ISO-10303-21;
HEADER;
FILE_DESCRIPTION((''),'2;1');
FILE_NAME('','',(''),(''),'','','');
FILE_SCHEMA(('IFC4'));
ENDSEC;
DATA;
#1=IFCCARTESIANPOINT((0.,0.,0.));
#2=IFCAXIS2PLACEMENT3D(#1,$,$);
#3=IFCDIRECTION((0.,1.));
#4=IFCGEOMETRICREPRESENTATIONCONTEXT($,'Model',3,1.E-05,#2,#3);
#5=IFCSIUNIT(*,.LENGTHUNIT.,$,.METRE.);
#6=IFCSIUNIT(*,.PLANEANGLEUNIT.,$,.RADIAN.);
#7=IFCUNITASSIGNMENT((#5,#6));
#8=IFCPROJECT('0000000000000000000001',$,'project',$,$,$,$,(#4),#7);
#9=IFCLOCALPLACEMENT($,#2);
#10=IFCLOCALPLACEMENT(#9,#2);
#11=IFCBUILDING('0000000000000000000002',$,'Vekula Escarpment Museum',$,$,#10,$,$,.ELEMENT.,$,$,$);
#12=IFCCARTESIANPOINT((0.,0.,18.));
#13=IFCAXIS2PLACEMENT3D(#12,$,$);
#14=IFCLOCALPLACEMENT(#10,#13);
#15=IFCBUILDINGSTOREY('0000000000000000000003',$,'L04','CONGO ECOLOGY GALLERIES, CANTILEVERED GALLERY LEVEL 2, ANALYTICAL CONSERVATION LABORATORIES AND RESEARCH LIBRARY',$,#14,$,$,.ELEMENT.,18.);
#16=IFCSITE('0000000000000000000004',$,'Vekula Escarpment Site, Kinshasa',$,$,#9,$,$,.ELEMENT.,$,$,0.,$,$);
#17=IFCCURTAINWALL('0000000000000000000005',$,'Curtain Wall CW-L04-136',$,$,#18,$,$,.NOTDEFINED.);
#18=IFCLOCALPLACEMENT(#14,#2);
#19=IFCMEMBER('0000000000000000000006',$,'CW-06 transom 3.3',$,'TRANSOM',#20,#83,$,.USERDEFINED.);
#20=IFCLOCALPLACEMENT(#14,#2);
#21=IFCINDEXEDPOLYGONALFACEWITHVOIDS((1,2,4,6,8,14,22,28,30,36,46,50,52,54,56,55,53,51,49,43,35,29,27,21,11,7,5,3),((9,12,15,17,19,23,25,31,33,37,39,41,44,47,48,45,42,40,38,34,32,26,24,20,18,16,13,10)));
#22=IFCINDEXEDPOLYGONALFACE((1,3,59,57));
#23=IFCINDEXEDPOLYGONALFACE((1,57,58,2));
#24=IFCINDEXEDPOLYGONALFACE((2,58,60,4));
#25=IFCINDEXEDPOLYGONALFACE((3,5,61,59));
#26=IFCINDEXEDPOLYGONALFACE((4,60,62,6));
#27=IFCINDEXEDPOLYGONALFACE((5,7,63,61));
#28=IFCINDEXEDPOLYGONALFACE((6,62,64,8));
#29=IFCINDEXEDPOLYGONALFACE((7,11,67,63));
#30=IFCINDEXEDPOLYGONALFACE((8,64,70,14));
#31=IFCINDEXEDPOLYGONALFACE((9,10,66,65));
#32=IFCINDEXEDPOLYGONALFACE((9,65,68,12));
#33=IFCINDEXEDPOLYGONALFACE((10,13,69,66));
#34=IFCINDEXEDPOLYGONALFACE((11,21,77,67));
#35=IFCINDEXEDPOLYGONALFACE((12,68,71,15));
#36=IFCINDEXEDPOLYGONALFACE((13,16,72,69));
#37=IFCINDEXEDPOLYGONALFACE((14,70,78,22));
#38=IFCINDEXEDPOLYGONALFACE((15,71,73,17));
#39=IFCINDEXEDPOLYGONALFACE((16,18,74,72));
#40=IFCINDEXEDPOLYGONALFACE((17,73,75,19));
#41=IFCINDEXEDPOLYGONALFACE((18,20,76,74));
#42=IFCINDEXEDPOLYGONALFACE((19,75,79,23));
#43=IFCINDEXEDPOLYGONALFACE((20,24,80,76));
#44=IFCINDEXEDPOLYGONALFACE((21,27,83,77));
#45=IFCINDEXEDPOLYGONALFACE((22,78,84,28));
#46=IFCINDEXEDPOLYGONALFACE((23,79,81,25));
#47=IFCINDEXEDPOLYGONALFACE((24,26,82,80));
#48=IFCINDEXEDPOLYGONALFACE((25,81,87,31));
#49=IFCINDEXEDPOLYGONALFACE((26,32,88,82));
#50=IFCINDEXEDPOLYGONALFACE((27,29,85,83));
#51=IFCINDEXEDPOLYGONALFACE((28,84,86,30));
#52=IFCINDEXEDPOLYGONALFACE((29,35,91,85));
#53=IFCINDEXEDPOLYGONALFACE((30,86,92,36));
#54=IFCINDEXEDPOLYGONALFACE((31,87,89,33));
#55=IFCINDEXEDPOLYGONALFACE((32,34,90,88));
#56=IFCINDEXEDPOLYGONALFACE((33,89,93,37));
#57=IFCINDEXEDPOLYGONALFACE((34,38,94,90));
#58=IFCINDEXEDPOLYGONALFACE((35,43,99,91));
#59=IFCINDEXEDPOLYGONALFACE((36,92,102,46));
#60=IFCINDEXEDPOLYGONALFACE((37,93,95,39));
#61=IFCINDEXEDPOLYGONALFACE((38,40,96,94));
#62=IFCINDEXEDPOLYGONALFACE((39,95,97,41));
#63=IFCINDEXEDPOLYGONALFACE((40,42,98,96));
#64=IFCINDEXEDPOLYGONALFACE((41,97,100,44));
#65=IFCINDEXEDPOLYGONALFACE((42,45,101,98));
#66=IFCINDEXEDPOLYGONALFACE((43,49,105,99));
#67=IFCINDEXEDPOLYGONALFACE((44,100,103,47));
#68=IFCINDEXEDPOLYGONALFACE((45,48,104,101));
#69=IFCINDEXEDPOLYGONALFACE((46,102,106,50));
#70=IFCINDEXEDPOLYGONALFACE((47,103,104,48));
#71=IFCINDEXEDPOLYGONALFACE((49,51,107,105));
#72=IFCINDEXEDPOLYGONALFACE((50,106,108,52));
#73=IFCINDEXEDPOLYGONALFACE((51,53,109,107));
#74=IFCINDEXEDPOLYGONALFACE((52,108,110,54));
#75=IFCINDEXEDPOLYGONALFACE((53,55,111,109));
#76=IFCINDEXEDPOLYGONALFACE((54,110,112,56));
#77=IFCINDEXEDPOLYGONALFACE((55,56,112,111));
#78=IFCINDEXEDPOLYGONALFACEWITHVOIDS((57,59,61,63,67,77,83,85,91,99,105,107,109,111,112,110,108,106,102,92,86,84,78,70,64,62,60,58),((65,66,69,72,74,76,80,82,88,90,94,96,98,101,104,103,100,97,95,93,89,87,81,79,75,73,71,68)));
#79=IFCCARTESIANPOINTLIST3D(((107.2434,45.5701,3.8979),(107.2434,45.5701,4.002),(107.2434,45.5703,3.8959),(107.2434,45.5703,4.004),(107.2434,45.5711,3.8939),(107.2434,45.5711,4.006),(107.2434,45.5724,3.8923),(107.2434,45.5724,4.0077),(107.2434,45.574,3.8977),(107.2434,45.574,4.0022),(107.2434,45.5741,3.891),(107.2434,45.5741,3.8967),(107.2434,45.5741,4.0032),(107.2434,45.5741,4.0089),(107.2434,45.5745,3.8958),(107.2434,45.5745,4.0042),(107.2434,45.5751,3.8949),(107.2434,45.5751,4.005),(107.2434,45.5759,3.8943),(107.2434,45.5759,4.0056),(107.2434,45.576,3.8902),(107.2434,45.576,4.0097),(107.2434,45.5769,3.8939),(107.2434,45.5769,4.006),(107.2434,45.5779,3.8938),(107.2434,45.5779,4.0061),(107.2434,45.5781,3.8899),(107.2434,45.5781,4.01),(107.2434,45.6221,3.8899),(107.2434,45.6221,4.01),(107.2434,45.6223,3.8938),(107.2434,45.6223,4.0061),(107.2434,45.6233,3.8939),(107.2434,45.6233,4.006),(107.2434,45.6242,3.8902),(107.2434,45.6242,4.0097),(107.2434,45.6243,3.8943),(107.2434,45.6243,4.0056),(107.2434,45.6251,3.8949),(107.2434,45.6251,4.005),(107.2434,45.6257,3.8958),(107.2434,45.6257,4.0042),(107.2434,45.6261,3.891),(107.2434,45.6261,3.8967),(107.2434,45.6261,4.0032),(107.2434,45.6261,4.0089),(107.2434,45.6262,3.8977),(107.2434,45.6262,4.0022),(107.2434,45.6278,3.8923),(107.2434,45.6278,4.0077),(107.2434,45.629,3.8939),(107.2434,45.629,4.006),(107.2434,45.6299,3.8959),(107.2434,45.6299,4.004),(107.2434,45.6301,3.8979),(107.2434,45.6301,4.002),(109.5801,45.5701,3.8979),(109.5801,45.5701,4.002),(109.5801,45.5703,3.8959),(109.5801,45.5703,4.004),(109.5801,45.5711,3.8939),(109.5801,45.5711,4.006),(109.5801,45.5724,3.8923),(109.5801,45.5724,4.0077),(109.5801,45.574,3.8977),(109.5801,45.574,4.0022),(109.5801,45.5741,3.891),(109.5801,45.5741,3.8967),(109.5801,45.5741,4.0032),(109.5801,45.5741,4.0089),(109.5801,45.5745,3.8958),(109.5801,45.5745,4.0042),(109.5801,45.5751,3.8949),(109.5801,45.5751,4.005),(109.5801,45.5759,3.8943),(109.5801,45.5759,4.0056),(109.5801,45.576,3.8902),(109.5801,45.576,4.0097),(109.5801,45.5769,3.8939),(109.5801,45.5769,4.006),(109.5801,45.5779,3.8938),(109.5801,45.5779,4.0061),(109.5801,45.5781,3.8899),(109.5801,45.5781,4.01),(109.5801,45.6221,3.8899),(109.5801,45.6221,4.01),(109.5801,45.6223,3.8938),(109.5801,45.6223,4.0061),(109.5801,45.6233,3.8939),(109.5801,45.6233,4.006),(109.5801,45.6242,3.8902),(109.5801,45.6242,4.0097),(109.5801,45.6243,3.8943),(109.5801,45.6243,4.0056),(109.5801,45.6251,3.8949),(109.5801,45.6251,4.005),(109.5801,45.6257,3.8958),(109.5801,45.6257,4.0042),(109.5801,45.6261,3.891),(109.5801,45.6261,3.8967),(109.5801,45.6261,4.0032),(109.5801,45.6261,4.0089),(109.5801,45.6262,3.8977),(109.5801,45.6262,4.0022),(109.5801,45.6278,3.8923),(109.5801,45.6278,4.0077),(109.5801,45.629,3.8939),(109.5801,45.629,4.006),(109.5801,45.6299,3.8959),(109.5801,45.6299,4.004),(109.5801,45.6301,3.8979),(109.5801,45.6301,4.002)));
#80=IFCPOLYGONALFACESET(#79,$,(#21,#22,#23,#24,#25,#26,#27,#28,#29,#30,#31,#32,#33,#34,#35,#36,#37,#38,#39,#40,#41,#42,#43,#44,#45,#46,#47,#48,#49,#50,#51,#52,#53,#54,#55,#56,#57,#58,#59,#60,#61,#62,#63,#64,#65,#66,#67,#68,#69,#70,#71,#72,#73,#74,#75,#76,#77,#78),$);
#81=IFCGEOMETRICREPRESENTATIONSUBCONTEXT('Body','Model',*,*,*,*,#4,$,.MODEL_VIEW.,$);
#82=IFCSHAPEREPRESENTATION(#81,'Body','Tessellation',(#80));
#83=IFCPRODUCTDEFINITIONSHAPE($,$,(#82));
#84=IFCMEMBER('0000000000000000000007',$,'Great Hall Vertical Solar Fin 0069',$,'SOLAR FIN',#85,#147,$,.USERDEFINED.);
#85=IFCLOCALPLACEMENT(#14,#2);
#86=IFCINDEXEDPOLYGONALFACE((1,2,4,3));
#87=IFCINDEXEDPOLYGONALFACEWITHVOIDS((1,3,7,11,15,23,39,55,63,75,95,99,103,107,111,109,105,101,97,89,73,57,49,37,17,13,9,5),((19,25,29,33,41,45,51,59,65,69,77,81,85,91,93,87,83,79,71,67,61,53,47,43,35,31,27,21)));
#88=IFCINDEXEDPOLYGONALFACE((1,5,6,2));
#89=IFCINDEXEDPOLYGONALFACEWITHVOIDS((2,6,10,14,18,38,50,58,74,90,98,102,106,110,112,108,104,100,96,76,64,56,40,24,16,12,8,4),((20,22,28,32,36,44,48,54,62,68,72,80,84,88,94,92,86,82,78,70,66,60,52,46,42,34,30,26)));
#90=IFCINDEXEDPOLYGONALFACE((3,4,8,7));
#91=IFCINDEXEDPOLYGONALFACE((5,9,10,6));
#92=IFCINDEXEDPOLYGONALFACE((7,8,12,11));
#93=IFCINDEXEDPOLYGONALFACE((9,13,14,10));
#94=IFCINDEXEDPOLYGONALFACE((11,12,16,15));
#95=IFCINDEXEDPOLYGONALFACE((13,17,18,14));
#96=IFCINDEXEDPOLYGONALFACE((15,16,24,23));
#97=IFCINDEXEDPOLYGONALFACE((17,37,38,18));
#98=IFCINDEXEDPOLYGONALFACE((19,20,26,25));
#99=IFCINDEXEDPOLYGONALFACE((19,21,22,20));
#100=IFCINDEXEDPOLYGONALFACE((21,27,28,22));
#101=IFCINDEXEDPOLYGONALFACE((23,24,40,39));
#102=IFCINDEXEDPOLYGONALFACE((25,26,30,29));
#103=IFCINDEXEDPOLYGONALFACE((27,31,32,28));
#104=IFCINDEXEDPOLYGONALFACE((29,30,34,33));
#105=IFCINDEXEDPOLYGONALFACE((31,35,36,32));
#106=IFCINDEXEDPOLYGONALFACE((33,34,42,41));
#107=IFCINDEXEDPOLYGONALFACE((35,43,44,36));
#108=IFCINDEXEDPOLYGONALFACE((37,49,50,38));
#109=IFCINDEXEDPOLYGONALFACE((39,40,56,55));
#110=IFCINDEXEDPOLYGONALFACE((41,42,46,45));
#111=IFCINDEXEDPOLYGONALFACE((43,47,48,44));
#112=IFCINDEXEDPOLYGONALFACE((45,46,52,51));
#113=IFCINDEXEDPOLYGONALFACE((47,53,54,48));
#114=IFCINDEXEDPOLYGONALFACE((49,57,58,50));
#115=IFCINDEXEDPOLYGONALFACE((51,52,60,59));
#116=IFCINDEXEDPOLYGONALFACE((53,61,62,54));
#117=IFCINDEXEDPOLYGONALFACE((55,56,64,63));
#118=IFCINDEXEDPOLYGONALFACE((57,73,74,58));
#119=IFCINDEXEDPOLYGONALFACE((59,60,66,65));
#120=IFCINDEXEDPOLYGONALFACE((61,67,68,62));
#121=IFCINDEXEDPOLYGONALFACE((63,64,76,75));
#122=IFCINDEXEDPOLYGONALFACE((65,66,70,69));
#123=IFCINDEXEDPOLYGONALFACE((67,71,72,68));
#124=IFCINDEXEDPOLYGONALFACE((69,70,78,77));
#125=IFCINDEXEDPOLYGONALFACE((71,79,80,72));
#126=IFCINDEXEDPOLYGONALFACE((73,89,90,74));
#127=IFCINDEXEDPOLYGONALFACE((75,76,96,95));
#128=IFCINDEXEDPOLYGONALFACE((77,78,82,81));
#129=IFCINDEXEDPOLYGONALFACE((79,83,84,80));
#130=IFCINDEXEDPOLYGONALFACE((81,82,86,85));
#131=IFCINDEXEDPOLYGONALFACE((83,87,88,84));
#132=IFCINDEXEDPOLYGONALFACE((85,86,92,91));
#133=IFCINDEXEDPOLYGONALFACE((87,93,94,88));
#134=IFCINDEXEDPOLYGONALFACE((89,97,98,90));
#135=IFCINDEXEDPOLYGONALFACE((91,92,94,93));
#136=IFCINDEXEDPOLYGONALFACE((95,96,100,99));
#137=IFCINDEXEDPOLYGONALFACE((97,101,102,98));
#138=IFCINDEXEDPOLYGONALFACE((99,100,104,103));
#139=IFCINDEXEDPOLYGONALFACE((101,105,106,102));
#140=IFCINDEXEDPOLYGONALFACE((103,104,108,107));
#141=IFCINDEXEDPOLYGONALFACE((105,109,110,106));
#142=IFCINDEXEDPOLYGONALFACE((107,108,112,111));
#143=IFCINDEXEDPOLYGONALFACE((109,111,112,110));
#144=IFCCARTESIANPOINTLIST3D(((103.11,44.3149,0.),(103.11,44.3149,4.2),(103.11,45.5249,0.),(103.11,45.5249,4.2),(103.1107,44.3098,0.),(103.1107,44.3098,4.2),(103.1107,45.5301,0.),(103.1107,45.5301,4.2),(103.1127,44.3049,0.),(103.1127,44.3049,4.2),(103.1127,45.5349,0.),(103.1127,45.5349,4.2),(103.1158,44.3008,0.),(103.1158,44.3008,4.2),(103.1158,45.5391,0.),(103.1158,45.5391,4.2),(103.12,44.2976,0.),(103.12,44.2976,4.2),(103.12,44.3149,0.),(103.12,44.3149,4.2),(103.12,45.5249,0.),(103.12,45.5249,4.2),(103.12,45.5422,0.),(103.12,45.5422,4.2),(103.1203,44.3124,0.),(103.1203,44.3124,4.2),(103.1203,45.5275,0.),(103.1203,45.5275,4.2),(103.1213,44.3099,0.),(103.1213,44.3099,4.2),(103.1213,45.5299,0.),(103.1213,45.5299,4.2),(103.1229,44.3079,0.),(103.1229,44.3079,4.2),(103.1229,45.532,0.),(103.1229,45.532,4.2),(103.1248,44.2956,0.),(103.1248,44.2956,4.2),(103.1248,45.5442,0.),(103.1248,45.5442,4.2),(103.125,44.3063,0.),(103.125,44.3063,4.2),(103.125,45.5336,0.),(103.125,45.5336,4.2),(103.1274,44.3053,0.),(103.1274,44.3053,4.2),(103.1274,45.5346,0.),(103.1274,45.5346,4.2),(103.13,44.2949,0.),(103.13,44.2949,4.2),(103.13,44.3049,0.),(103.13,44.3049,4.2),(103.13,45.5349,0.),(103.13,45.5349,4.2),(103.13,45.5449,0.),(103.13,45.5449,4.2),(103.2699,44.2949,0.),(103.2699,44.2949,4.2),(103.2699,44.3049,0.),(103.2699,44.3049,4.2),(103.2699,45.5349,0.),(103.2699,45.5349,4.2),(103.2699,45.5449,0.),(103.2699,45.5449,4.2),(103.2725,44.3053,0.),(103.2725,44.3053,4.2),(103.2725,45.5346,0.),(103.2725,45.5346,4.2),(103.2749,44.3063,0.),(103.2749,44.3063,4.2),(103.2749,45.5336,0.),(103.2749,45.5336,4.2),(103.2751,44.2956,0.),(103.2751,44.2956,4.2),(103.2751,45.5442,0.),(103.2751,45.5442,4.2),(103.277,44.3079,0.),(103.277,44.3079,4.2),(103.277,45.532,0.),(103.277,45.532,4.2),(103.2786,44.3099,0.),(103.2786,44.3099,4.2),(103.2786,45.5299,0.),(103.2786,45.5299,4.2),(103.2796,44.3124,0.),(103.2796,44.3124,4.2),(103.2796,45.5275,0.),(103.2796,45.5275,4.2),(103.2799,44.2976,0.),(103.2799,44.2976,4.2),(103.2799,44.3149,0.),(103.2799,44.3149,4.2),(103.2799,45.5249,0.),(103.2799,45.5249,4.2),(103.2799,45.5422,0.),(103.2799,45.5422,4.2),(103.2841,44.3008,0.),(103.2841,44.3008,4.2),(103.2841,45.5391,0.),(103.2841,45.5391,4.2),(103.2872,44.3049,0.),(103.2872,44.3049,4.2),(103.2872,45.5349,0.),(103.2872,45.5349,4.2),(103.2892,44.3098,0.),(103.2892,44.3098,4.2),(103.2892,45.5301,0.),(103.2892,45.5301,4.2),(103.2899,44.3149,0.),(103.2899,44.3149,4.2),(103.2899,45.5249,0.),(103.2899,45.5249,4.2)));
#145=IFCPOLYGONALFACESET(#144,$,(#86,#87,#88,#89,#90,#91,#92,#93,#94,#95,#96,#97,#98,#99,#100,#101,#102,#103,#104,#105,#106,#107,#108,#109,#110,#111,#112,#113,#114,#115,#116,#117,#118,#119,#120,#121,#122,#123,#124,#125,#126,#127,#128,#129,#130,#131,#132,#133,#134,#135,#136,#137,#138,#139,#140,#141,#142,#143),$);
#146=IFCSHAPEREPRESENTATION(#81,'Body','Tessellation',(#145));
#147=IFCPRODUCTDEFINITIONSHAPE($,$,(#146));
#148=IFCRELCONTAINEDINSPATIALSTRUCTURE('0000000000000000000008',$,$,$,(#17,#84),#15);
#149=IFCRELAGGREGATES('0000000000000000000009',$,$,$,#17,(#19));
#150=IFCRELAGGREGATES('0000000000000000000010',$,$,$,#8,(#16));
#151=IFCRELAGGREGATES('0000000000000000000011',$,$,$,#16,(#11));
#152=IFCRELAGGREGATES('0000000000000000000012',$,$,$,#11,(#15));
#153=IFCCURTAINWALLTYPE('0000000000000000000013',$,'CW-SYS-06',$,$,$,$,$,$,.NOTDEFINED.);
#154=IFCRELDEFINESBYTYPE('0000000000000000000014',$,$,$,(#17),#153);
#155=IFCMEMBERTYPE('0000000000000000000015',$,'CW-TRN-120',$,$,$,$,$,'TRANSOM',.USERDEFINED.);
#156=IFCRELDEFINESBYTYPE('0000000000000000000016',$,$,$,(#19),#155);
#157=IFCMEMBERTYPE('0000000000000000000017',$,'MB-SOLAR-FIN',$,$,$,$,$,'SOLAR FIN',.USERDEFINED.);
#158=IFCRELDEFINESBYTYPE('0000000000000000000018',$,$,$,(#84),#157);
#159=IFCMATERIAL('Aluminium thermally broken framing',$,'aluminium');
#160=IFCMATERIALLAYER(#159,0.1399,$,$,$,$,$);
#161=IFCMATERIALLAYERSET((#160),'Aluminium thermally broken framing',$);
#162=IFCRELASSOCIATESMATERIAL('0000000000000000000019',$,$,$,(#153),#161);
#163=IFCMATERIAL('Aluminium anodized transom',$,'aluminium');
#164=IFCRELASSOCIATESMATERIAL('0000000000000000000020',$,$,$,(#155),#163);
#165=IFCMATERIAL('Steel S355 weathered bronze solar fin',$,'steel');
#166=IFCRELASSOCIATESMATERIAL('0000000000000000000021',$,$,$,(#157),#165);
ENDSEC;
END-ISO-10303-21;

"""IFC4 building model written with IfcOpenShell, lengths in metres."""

from ifc_helpers import new_model, si_unit, direction, frame, origin, origin_2d, place, context, subcontext, project, spatial, hollow_rectangle, extrude, material, layer, layer_set, material_profile, profile_set, type_object, element, aggregate, save


model = new_model("IFC4")

# Units and contexts
model_context = context("Model", 3, precision=1e-05, world=origin(), true_north=direction((0.0, 1.0)))
body_context = subcontext(model_context, "Body", "Model", "MODEL_VIEW")
ifc_project = project(units=[si_unit("LENGTHUNIT", "METRE"), si_unit("PLANEANGLEUNIT", "RADIAN")], contexts=[model_context])

# Site, building, storey
site_placement = place(None, origin())
site = spatial("IfcSite", under=ifc_project, at=site_placement, Name="Vekula Escarpment Site, Kinshasa", CompositionType="ELEMENT", RefElevation=0.0)
building_placement = place(site_placement, origin())
building = spatial("IfcBuilding", under=site, at=building_placement, Name="Vekula Escarpment Museum", CompositionType="ELEMENT")
storey_placement = place(building_placement, frame((0.0, 0.0, 18.0)))
storey = spatial("IfcBuildingStorey", under=building, at=storey_placement, Name="L04", Description="CONGO ECOLOGY GALLERIES, CANTILEVERED GALLERY LEVEL 2, ANALYTICAL CONSERVATION LABORATORIES AND RESEARCH LIBRARY", CompositionType="ELEMENT", Elevation=18.0)

# Curtain wall, member
ifc_material_1 = material(Name="Aluminium thermally broken framing", Category="aluminium")
ifc_layer_1 = layer(ifc_material_1, 0.1399)
ifc_layer_set_1 = layer_set([ifc_layer_1], Name="Aluminium thermally broken framing")
curtain_wall_type_1 = type_object("IfcCurtainWallType", Name="CW-SYS-06", PredefinedType="NOTDEFINED", material=ifc_layer_set_1)
curtain_wall_1_placement = place(storey_placement, origin())
curtain_wall_1 = element("IfcCurtainWall", 1, at=curtain_wall_1_placement, inside=storey, type_object=curtain_wall_type_1, Name="Curtain Wall CW-L04-136", PredefinedType="NOTDEFINED")
ifc_material_2 = material(Name="Aluminium anodized transom", Category="aluminium")
ifc_material_profile_1 = material_profile(ifc_material_2, hollow_rectangle(XDim=0.0601, YDim=0.1201, WallThickness=0.0039, InnerFilletRadius=0.0039, OuterFilletRadius=0.0081, at=origin_2d()), Name="ALU 120x60x4")
ifc_profile_set_1 = profile_set([ifc_material_profile_1], Name="Aluminium anodized transom")
member_type_1 = type_object("IfcMemberType", Name="CW-TRN-120", ElementType="TRANSOM", PredefinedType="USERDEFINED", material=ifc_profile_set_1)
member_1_placement = place(storey_placement, frame((107.2434, 45.6001, 3.95), z_axis=(1.0, 0.0, 0.0), x_axis=(0.0, 1.0, 0.0)))
member_1 = element("IfcMember", 2, at=member_1_placement, type_object=member_type_1, Name="CW-06 transom 3.3", ObjectType="TRANSOM", PredefinedType="USERDEFINED", context=body_context, shape_type="SweptSolid", body=[
    extrude(hollow_rectangle(XDim=0.0601, YDim=0.1201, WallThickness=0.0039, InnerFilletRadius=0.0039, OuterFilletRadius=0.0081, at=origin_2d()), origin(), (0.0, 0.0, 1.0), 2.3367),
])

# Member
ifc_material_3 = material(Name="Steel S355 weathered bronze solar fin", Category="steel")
ifc_material_profile_2 = material_profile(ifc_material_3, hollow_rectangle(XDim=0.1799, YDim=1.25, WallThickness=0.01, InnerFilletRadius=0.01, OuterFilletRadius=0.02, at=origin_2d()), Name="RHS 1250x180x10")
ifc_profile_set_2 = profile_set([ifc_material_profile_2], Name="Steel S355 weathered bronze solar fin")
member_type_2 = type_object("IfcMemberType", Name="MB-SOLAR-FIN", ElementType="SOLAR FIN", PredefinedType="USERDEFINED", material=ifc_profile_set_2)
for number, where, z_axis, x_axis, name in (
    (3, (103.2, 44.9199, 0.0), (0.0, 0.0, 1.0), (1.0, 0.0, 0.0), "Great Hall Vertical Solar Fin 0069"),
):
    element("IfcMember", number, at=place(storey_placement, frame(where, z_axis=z_axis, x_axis=x_axis)), inside=storey, type_object=member_type_2, Name=name, ObjectType="SOLAR FIN", PredefinedType="USERDEFINED", context=body_context, shape_type="SweptSolid", body=[
        extrude(hollow_rectangle(XDim=0.1799, YDim=1.25, WallThickness=0.01, InnerFilletRadius=0.01, OuterFilletRadius=0.02, at=origin_2d()), origin(), (0.0, 0.0, 1.0), 4.2),
    ])

aggregate(curtain_wall_1, [member_1])

save(model, "model.ifc")
